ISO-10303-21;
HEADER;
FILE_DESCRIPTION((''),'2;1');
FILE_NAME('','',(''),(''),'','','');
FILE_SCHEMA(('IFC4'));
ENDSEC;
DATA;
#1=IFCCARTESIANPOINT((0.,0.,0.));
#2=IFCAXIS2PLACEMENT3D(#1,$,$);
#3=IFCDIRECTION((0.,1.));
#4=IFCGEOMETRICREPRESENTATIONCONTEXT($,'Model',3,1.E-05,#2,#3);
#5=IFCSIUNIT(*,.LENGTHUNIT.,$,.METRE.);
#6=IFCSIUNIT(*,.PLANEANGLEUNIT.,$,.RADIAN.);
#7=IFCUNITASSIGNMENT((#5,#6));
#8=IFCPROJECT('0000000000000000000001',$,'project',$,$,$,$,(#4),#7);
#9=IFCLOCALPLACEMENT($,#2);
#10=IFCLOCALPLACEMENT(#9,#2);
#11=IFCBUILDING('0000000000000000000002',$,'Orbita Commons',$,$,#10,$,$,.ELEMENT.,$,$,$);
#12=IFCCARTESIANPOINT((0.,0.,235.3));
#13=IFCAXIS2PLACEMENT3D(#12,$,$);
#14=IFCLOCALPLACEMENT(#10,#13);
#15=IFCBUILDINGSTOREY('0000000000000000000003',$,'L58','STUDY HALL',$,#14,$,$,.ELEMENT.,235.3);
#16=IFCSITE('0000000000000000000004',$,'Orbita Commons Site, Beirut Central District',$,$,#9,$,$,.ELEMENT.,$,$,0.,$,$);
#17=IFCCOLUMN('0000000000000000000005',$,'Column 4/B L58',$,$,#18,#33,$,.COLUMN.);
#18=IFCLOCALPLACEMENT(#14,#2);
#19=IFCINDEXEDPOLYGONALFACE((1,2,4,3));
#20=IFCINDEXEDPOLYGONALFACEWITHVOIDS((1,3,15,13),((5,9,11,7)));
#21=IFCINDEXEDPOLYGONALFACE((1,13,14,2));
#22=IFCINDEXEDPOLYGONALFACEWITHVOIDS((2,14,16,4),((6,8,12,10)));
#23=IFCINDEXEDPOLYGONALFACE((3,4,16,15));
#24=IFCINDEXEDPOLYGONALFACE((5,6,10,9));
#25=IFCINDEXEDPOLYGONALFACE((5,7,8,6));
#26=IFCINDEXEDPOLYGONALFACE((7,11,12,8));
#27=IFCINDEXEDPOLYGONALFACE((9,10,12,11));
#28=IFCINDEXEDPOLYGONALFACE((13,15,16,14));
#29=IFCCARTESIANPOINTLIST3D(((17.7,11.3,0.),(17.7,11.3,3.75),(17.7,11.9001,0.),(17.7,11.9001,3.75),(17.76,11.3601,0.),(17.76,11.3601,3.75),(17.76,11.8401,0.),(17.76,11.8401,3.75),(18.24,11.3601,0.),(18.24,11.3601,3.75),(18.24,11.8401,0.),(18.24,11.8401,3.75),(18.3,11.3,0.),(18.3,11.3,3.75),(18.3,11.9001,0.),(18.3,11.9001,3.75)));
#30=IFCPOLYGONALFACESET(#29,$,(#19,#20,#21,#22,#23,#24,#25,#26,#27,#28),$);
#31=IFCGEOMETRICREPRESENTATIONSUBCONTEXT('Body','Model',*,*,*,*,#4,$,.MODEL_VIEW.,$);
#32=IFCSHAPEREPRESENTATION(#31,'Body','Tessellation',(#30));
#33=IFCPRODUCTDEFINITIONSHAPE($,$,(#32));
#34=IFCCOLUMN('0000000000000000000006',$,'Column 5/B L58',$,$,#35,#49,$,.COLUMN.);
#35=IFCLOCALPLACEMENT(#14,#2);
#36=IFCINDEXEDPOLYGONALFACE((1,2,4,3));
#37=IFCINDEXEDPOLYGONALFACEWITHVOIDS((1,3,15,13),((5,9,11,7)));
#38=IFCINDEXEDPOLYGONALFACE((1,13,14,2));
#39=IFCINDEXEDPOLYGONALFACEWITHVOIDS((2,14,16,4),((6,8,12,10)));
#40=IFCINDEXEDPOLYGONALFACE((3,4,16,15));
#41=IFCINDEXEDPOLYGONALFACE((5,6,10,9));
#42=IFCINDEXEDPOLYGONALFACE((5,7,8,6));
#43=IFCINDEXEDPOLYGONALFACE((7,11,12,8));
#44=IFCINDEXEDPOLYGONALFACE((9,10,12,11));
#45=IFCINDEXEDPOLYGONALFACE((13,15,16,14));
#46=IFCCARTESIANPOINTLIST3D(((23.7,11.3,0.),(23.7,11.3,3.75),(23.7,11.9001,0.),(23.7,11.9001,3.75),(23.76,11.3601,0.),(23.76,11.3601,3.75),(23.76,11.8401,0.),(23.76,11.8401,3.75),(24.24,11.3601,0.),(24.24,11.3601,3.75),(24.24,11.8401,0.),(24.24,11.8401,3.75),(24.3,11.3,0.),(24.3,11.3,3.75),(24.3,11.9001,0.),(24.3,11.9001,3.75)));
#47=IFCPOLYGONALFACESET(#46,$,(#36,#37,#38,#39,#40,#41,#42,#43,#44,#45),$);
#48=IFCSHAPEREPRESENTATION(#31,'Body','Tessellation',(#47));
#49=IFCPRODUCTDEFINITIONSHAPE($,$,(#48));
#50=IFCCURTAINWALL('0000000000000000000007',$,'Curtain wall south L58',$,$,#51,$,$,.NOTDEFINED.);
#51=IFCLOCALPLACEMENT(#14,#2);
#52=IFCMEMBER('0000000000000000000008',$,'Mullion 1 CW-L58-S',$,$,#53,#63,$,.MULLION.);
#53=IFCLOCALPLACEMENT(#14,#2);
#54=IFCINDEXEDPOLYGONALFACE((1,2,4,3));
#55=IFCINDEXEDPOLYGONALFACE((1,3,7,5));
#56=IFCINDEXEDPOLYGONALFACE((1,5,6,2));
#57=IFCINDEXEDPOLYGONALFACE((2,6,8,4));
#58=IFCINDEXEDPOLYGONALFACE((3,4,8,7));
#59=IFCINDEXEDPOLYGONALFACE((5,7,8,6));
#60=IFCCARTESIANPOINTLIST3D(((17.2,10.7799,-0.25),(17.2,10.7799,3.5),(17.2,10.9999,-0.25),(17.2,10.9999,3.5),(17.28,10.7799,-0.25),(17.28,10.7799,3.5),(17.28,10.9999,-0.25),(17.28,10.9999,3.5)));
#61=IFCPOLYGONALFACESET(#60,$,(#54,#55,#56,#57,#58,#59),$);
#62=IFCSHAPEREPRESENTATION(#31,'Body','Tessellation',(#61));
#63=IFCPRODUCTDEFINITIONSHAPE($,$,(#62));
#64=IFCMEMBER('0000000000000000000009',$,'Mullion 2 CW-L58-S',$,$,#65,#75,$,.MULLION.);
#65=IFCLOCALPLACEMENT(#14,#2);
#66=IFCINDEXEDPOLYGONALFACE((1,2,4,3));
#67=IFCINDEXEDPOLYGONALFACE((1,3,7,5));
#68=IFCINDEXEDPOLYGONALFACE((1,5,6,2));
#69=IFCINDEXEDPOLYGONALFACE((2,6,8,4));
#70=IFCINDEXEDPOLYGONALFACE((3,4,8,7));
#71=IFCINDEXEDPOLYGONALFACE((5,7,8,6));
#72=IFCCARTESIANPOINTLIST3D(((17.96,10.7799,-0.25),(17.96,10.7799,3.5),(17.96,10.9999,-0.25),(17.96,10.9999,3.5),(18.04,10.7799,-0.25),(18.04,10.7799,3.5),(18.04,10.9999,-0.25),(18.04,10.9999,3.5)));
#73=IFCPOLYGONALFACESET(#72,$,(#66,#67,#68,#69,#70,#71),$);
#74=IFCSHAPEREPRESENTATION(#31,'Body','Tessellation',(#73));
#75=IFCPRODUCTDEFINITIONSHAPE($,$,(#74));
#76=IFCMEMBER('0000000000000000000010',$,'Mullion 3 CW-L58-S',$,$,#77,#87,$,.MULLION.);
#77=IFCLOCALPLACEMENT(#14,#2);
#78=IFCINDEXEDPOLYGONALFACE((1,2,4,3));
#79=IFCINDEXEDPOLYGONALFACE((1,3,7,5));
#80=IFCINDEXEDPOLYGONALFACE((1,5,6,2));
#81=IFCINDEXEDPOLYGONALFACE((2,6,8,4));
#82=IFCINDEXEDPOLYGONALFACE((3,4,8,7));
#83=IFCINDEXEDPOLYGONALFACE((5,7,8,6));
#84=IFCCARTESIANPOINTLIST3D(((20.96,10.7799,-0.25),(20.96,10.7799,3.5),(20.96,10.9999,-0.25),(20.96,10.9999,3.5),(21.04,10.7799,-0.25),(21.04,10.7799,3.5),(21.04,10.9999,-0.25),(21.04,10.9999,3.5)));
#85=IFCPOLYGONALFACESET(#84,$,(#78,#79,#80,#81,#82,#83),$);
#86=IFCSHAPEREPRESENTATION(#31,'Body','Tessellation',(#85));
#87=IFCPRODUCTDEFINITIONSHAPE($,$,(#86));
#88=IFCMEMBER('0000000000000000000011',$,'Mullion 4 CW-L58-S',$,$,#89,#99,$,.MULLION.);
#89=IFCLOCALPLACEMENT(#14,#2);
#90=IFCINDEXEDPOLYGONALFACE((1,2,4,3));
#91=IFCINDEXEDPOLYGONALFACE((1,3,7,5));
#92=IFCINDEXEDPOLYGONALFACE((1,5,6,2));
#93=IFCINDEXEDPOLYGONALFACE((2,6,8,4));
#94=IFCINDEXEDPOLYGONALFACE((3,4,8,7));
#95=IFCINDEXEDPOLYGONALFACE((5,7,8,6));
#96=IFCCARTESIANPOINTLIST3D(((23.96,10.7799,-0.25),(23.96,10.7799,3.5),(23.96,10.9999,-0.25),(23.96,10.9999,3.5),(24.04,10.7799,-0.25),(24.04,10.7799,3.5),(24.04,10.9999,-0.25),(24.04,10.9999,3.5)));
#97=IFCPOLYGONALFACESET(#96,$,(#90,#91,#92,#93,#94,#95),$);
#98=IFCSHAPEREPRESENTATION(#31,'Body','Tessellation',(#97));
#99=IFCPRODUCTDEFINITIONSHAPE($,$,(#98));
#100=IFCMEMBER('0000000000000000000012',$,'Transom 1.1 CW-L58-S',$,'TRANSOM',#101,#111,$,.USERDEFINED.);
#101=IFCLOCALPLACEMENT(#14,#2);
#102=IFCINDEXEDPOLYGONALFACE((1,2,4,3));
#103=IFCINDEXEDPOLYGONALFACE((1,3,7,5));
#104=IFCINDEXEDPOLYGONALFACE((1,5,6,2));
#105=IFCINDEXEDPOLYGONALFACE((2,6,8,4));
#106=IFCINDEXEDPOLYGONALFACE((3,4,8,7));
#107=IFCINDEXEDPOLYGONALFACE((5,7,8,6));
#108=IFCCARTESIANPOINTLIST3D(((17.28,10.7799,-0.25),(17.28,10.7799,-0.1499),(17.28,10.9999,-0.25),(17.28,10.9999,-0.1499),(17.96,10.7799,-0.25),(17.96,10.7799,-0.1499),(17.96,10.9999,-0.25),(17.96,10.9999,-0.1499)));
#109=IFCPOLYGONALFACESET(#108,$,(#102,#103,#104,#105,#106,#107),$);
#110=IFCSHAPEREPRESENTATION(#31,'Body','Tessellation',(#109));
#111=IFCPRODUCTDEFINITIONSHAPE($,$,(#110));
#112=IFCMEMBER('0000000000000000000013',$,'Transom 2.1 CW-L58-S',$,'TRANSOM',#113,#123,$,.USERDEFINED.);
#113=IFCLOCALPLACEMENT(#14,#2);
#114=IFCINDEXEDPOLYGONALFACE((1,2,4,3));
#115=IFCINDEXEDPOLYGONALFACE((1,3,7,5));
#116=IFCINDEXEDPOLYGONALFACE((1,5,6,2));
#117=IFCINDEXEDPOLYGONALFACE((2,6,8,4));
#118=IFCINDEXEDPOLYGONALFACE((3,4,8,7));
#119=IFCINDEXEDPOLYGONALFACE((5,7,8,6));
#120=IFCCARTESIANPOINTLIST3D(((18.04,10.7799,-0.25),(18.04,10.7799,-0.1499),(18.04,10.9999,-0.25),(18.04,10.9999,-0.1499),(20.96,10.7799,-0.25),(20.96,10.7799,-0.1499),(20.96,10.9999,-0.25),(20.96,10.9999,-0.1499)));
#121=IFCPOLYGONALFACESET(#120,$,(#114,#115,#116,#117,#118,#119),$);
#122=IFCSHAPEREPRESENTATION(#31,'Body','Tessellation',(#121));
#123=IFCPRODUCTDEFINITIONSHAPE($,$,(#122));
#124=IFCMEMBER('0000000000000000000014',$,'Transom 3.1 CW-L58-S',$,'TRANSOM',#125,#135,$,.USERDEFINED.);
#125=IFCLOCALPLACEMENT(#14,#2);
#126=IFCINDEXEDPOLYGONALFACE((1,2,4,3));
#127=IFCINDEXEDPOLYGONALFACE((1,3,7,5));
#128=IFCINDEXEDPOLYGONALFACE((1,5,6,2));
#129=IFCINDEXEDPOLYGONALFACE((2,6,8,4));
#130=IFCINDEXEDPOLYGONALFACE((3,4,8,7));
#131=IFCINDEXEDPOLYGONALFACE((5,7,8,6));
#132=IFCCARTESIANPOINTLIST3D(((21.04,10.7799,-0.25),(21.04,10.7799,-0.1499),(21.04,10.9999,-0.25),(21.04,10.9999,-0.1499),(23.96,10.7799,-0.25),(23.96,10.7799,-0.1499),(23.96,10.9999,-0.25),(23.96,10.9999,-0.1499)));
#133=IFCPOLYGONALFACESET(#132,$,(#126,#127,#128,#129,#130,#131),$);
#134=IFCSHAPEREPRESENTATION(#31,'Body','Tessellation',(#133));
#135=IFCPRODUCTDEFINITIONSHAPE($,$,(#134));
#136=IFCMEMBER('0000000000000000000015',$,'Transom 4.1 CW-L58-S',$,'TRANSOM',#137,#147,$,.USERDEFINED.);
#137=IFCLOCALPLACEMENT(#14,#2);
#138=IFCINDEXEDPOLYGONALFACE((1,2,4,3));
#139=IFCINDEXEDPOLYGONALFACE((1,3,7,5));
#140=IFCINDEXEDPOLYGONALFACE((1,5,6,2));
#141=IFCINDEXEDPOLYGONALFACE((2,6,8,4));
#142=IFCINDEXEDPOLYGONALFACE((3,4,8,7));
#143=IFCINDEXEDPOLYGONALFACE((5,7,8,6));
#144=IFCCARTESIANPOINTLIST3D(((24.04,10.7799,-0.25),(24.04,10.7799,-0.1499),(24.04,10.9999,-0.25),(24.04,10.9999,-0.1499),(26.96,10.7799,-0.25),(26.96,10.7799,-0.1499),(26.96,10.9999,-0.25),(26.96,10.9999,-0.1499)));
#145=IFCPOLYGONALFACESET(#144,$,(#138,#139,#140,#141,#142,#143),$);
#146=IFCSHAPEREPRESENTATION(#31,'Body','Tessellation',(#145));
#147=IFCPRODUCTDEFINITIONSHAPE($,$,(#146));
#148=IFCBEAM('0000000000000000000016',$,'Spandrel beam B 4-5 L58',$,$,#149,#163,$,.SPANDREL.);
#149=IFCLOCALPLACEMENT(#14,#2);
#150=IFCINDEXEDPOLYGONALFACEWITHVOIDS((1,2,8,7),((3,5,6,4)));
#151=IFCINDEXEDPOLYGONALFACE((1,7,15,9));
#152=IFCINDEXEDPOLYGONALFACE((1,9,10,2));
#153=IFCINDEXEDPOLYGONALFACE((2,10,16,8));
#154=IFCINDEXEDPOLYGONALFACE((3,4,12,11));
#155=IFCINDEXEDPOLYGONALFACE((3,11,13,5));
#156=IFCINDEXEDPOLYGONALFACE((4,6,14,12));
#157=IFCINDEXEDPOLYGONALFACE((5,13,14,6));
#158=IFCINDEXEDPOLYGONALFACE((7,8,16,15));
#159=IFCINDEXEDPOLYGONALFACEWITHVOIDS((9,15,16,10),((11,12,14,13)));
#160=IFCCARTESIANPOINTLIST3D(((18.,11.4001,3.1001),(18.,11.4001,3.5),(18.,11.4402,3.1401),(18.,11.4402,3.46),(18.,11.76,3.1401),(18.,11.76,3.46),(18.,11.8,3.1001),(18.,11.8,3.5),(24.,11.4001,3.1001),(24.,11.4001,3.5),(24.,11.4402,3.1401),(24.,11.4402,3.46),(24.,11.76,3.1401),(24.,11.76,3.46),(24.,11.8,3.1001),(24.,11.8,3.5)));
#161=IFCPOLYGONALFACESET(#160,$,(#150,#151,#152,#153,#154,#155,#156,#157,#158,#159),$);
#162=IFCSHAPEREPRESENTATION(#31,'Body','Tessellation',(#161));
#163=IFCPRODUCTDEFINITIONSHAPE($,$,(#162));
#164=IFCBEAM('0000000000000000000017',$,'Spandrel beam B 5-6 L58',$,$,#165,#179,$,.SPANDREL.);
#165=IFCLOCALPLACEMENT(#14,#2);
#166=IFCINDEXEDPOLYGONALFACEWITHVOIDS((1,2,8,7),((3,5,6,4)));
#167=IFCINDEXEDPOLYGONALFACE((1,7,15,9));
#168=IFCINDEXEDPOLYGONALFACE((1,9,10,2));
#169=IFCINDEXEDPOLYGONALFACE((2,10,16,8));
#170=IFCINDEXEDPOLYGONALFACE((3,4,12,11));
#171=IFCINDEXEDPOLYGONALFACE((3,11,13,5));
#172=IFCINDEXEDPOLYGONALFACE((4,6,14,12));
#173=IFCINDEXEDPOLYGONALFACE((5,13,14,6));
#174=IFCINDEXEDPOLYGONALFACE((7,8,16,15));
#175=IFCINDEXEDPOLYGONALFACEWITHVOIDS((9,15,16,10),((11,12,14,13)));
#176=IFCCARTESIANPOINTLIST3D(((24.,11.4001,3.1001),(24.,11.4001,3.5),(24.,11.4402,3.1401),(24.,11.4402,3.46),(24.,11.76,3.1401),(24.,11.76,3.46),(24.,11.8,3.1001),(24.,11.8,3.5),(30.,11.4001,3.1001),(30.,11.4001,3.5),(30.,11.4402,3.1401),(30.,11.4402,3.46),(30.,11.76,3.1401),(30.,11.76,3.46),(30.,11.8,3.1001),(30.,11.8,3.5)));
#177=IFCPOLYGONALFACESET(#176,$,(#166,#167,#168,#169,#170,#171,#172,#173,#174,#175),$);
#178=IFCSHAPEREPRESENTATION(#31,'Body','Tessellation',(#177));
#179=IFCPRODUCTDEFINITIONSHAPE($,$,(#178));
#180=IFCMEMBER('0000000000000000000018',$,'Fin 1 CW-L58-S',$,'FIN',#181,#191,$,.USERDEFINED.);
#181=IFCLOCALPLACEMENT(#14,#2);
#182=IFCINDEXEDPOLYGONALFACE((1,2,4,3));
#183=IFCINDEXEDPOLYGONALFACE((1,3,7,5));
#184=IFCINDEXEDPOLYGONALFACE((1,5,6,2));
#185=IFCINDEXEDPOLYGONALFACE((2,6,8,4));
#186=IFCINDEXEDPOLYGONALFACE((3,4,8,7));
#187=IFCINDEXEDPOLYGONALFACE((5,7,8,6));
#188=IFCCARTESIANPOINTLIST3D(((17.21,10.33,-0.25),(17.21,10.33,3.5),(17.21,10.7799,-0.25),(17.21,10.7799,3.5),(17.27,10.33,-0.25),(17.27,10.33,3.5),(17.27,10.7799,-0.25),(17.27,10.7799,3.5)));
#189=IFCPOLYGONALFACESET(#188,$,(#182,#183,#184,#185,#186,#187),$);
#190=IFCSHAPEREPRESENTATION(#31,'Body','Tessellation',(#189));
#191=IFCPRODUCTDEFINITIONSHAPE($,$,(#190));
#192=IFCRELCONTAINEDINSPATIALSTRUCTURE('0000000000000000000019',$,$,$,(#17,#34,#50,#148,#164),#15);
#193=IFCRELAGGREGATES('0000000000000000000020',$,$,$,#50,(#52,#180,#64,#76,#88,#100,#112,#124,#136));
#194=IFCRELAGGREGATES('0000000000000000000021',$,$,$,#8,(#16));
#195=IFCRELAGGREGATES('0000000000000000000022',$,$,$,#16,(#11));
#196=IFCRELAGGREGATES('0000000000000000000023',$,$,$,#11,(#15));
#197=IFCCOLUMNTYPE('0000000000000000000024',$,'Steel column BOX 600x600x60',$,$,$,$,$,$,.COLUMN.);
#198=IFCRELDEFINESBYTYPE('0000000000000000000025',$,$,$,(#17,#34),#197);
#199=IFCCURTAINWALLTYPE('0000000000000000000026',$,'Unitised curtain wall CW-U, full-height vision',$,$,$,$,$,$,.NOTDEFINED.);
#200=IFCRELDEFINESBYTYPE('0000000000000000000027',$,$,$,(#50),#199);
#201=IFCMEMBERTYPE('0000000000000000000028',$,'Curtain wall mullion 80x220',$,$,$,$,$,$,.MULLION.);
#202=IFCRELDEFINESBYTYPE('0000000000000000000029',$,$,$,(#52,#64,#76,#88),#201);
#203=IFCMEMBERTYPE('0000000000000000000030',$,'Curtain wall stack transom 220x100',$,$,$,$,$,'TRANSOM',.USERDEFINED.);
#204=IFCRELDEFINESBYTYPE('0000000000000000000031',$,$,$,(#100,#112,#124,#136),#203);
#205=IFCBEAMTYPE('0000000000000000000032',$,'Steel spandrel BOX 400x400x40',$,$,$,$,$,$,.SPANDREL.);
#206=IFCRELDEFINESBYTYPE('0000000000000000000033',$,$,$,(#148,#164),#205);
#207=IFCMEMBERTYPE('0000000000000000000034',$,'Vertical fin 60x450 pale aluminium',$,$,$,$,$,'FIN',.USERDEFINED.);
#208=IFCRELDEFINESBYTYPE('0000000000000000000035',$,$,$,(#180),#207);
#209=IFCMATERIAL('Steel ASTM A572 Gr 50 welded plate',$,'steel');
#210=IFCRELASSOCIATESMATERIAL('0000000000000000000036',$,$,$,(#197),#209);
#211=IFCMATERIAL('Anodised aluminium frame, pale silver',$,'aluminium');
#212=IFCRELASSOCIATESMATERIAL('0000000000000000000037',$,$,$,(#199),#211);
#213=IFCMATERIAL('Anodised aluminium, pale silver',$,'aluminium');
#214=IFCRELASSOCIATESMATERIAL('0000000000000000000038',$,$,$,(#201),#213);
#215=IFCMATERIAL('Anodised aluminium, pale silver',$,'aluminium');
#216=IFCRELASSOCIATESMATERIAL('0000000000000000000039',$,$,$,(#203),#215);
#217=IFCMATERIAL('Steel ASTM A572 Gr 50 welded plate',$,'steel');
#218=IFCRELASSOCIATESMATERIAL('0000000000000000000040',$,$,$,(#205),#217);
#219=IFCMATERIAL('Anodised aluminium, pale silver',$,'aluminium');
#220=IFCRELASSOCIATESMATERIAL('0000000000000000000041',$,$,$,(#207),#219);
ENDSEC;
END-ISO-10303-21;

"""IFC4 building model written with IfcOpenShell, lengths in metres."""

from ifc_helpers import new_model, si_unit, direction, frame, origin, origin_2d, place, context, subcontext, project, spatial, rectangle, hollow_rectangle, extrude, material, material_profile, profile_set, type_object, element, aggregate, save


model = new_model("IFC4")

# Units and contexts
model_context = context("Model", 3, precision=1e-05, world=origin(), true_north=direction((0.0, 1.0)))
body_context = subcontext(model_context, "Body", "Model", "MODEL_VIEW")
ifc_project = project(units=[si_unit("LENGTHUNIT", "METRE"), si_unit("PLANEANGLEUNIT", "RADIAN")], contexts=[model_context])

# Site, building, storey
site_placement = place(None, origin())
site = spatial("IfcSite", under=ifc_project, at=site_placement, Name="Orbita Commons Site, Beirut Central District", CompositionType="ELEMENT", RefElevation=0.0)
building_placement = place(site_placement, origin())
building = spatial("IfcBuilding", under=site, at=building_placement, Name="Orbita Commons", CompositionType="ELEMENT")
storey_placement = place(building_placement, frame((0.0, 0.0, 235.3)))
storey = spatial("IfcBuildingStorey", under=building, at=storey_placement, Name="L58", Description="STUDY HALL", CompositionType="ELEMENT", Elevation=235.3)

# Columns
ifc_material_1 = material(Name="Steel ASTM A572 Gr 50 welded plate", Category="steel")
ifc_material_profile_1 = material_profile(ifc_material_1, hollow_rectangle(XDim=0.6001, YDim=0.6001, WallThickness=0.0601, at=origin_2d()), Name="BOX 600x600x60")
ifc_profile_set_1 = profile_set([ifc_material_profile_1], Name="Steel ASTM A572 Gr 50 welded plate")
column_type = type_object("IfcColumnType", Name="Steel column BOX 600x600x60", PredefinedType="COLUMN", material=ifc_profile_set_1)
for number, where, z_axis, x_axis, name in (
    (1, (18.0, 11.6001, 0.0), (0.0, 0.0, 1.0), (1.0, 0.0, 0.0), "Column 4/B L58"),
    (2, (24.0, 11.6001, 0.0), (0.0, 0.0, 1.0), (1.0, 0.0, 0.0), "Column 5/B L58"),
):
    element("IfcColumn", number, at=place(storey_placement, frame(where, z_axis=z_axis, x_axis=x_axis)), inside=storey, type_object=column_type, Name=name, PredefinedType="COLUMN", context=body_context, shape_type="SweptSolid", body=[
        extrude(hollow_rectangle(XDim=0.6001, YDim=0.6001, WallThickness=0.0601, at=origin_2d()), origin(), (0.0, 0.0, 1.0), 3.75),
    ])

# Curtain wall, members
ifc_material_2 = material(Name="Anodised aluminium frame, pale silver", Category="aluminium")
curtain_wall_type = type_object("IfcCurtainWallType", Name="Unitised curtain wall CW-U, full-height vision", PredefinedType="NOTDEFINED", material=ifc_material_2)
curtain_wall_placement = place(storey_placement, origin())
curtain_wall = element("IfcCurtainWall", 3, at=curtain_wall_placement, inside=storey, type_object=curtain_wall_type, Name="Curtain wall south L58", PredefinedType="NOTDEFINED")
ifc_material_3 = material(Name="Anodised aluminium, pale silver", Category="aluminium")
ifc_material_profile_2 = material_profile(ifc_material_3, rectangle(XDim=0.0801, YDim=0.22, at=origin_2d()), Name="AL 80x220")
ifc_profile_set_2 = profile_set([ifc_material_profile_2], Name="Anodised aluminium, pale silver")
member_type_1 = type_object("IfcMemberType", Name="Curtain wall mullion 80x220", PredefinedType="MULLION", material=ifc_profile_set_2)
member_1_placement = place(storey_placement, frame((17.24, 10.8899, -0.25), z_axis=(0.0, 0.0, 1.0), x_axis=(1.0, 0.0, 0.0)))
member_1 = element("IfcMember", 4, at=member_1_placement, type_object=member_type_1, Name="Mullion 1 CW-L58-S", PredefinedType="MULLION", context=body_context, shape_type="SweptSolid", body=[
    extrude(rectangle(XDim=0.0801, YDim=0.22, at=origin_2d()), origin(), (0.0, 0.0, 1.0), 3.75),
])
member_2_placement = place(storey_placement, frame((18.0, 10.8899, -0.25), z_axis=(0.0, 0.0, 1.0), x_axis=(1.0, 0.0, 0.0)))
member_2 = element("IfcMember", 5, at=member_2_placement, type_object=member_type_1, Name="Mullion 2 CW-L58-S", PredefinedType="MULLION", context=body_context, shape_type="SweptSolid", body=[
    extrude(rectangle(XDim=0.0801, YDim=0.22, at=origin_2d()), origin(), (0.0, 0.0, 1.0), 3.75),
])
member_3_placement = place(storey_placement, frame((21.0, 10.8899, -0.25), z_axis=(0.0, 0.0, 1.0), x_axis=(1.0, 0.0, 0.0)))
member_3 = element("IfcMember", 6, at=member_3_placement, type_object=member_type_1, Name="Mullion 3 CW-L58-S", PredefinedType="MULLION", context=body_context, shape_type="SweptSolid", body=[
    extrude(rectangle(XDim=0.0801, YDim=0.22, at=origin_2d()), origin(), (0.0, 0.0, 1.0), 3.75),
])
member_4_placement = place(storey_placement, frame((24.0, 10.8899, -0.25), z_axis=(0.0, 0.0, 1.0), x_axis=(1.0, 0.0, 0.0)))
member_4 = element("IfcMember", 7, at=member_4_placement, type_object=member_type_1, Name="Mullion 4 CW-L58-S", PredefinedType="MULLION", context=body_context, shape_type="SweptSolid", body=[
    extrude(rectangle(XDim=0.0801, YDim=0.22, at=origin_2d()), origin(), (0.0, 0.0, 1.0), 3.75),
])
ifc_material_4 = material(Name="Anodised aluminium, pale silver", Category="aluminium")
ifc_material_profile_3 = material_profile(ifc_material_4, rectangle(XDim=0.22, YDim=0.1001, at=origin_2d()), Name="AL 220x100")
ifc_profile_set_3 = profile_set([ifc_material_profile_3], Name="Anodised aluminium, pale silver")
member_type_2 = type_object("IfcMemberType", Name="Curtain wall stack transom 220x100", ElementType="TRANSOM", PredefinedType="USERDEFINED", material=ifc_profile_set_3)
member_5_placement = place(storey_placement, frame((17.28, 10.8899, -0.2), z_axis=(1.0, 0.0, 0.0), x_axis=(0.0, 1.0, 0.0)))
member_5 = element("IfcMember", 8, at=member_5_placement, type_object=member_type_2, Name="Transom 1.1 CW-L58-S", ObjectType="TRANSOM", PredefinedType="USERDEFINED", context=body_context, shape_type="SweptSolid", body=[
    extrude(rectangle(XDim=0.22, YDim=0.1001, at=origin_2d()), origin(), (0.0, 0.0, 1.0), 0.6799),
])
member_6_placement = place(storey_placement, frame((18.04, 10.8899, -0.2), z_axis=(1.0, 0.0, 0.0), x_axis=(0.0, 1.0, 0.0)))
member_6 = element("IfcMember", 9, at=member_6_placement, type_object=member_type_2, Name="Transom 2.1 CW-L58-S", ObjectType="TRANSOM", PredefinedType="USERDEFINED", context=body_context, shape_type="SweptSolid", body=[
    extrude(rectangle(XDim=0.22, YDim=0.1001, at=origin_2d()), origin(), (0.0, 0.0, 1.0), 2.9199),
])
member_7_placement = place(storey_placement, frame((21.04, 10.8899, -0.2), z_axis=(1.0, 0.0, 0.0), x_axis=(0.0, 1.0, 0.0)))
member_7 = element("IfcMember", 10, at=member_7_placement, type_object=member_type_2, Name="Transom 3.1 CW-L58-S", ObjectType="TRANSOM", PredefinedType="USERDEFINED", context=body_context, shape_type="SweptSolid", body=[
    extrude(rectangle(XDim=0.22, YDim=0.1001, at=origin_2d()), origin(), (0.0, 0.0, 1.0), 2.9199),
])
member_8_placement = place(storey_placement, frame((24.04, 10.8899, -0.2), z_axis=(1.0, 0.0, 0.0), x_axis=(0.0, 1.0, 0.0)))
member_8 = element("IfcMember", 11, at=member_8_placement, type_object=member_type_2, Name="Transom 4.1 CW-L58-S", ObjectType="TRANSOM", PredefinedType="USERDEFINED", context=body_context, shape_type="SweptSolid", body=[
    extrude(rectangle(XDim=0.22, YDim=0.1001, at=origin_2d()), origin(), (0.0, 0.0, 1.0), 2.9199),
])

# Beams
ifc_material_5 = material(Name="Steel ASTM A572 Gr 50 welded plate", Category="steel")
ifc_material_profile_4 = material_profile(ifc_material_5, hollow_rectangle(XDim=0.3999, YDim=0.3999, WallThickness=0.04, at=origin_2d()), Name="BOX 400x400x40")
ifc_profile_set_4 = profile_set([ifc_material_profile_4], Name="Steel ASTM A572 Gr 50 welded plate")
beam_type = type_object("IfcBeamType", Name="Steel spandrel BOX 400x400x40", PredefinedType="SPANDREL", material=ifc_profile_set_4)
for number, where, z_axis, x_axis, name in (
    (12, (18.0, 11.6001, 3.3), (1.0, 0.0, 0.0), (0.0, 1.0, 0.0), "Spandrel beam B 4-5 L58"),
    (13, (24.0, 11.6001, 3.3), (1.0, 0.0, 0.0), (0.0, 1.0, 0.0), "Spandrel beam B 5-6 L58"),
):
    element("IfcBeam", number, at=place(storey_placement, frame(where, z_axis=z_axis, x_axis=x_axis)), inside=storey, type_object=beam_type, Name=name, PredefinedType="SPANDREL", context=body_context, shape_type="SweptSolid", body=[
        extrude(hollow_rectangle(XDim=0.3999, YDim=0.3999, WallThickness=0.04, at=origin_2d()), origin(), (0.0, 0.0, 1.0), 6.0),
    ])

# Member
ifc_material_6 = material(Name="Anodised aluminium, pale silver", Category="aluminium")
ifc_material_profile_5 = material_profile(ifc_material_6, rectangle(XDim=0.0601, YDim=0.45, at=origin_2d()), Name="FIN 60x450")
ifc_profile_set_5 = profile_set([ifc_material_profile_5], Name="Anodised aluminium, pale silver")
member_type_3 = type_object("IfcMemberType", Name="Vertical fin 60x450 pale aluminium", ElementType="FIN", PredefinedType="USERDEFINED", material=ifc_profile_set_5)
member_9_placement = place(storey_placement, frame((17.24, 10.5549, -0.25), z_axis=(0.0, 0.0, 1.0), x_axis=(1.0, 0.0, 0.0)))
member_9 = element("IfcMember", 14, at=member_9_placement, type_object=member_type_3, Name="Fin 1 CW-L58-S", ObjectType="FIN", PredefinedType="USERDEFINED", context=body_context, shape_type="SweptSolid", body=[
    extrude(rectangle(XDim=0.0601, YDim=0.45, at=origin_2d()), origin(), (0.0, 0.0, 1.0), 3.75),
])

aggregate(curtain_wall, [member_1, member_9, member_2, member_3, member_4, member_5, member_6, member_7, member_8])

save(model, "model.ifc")
